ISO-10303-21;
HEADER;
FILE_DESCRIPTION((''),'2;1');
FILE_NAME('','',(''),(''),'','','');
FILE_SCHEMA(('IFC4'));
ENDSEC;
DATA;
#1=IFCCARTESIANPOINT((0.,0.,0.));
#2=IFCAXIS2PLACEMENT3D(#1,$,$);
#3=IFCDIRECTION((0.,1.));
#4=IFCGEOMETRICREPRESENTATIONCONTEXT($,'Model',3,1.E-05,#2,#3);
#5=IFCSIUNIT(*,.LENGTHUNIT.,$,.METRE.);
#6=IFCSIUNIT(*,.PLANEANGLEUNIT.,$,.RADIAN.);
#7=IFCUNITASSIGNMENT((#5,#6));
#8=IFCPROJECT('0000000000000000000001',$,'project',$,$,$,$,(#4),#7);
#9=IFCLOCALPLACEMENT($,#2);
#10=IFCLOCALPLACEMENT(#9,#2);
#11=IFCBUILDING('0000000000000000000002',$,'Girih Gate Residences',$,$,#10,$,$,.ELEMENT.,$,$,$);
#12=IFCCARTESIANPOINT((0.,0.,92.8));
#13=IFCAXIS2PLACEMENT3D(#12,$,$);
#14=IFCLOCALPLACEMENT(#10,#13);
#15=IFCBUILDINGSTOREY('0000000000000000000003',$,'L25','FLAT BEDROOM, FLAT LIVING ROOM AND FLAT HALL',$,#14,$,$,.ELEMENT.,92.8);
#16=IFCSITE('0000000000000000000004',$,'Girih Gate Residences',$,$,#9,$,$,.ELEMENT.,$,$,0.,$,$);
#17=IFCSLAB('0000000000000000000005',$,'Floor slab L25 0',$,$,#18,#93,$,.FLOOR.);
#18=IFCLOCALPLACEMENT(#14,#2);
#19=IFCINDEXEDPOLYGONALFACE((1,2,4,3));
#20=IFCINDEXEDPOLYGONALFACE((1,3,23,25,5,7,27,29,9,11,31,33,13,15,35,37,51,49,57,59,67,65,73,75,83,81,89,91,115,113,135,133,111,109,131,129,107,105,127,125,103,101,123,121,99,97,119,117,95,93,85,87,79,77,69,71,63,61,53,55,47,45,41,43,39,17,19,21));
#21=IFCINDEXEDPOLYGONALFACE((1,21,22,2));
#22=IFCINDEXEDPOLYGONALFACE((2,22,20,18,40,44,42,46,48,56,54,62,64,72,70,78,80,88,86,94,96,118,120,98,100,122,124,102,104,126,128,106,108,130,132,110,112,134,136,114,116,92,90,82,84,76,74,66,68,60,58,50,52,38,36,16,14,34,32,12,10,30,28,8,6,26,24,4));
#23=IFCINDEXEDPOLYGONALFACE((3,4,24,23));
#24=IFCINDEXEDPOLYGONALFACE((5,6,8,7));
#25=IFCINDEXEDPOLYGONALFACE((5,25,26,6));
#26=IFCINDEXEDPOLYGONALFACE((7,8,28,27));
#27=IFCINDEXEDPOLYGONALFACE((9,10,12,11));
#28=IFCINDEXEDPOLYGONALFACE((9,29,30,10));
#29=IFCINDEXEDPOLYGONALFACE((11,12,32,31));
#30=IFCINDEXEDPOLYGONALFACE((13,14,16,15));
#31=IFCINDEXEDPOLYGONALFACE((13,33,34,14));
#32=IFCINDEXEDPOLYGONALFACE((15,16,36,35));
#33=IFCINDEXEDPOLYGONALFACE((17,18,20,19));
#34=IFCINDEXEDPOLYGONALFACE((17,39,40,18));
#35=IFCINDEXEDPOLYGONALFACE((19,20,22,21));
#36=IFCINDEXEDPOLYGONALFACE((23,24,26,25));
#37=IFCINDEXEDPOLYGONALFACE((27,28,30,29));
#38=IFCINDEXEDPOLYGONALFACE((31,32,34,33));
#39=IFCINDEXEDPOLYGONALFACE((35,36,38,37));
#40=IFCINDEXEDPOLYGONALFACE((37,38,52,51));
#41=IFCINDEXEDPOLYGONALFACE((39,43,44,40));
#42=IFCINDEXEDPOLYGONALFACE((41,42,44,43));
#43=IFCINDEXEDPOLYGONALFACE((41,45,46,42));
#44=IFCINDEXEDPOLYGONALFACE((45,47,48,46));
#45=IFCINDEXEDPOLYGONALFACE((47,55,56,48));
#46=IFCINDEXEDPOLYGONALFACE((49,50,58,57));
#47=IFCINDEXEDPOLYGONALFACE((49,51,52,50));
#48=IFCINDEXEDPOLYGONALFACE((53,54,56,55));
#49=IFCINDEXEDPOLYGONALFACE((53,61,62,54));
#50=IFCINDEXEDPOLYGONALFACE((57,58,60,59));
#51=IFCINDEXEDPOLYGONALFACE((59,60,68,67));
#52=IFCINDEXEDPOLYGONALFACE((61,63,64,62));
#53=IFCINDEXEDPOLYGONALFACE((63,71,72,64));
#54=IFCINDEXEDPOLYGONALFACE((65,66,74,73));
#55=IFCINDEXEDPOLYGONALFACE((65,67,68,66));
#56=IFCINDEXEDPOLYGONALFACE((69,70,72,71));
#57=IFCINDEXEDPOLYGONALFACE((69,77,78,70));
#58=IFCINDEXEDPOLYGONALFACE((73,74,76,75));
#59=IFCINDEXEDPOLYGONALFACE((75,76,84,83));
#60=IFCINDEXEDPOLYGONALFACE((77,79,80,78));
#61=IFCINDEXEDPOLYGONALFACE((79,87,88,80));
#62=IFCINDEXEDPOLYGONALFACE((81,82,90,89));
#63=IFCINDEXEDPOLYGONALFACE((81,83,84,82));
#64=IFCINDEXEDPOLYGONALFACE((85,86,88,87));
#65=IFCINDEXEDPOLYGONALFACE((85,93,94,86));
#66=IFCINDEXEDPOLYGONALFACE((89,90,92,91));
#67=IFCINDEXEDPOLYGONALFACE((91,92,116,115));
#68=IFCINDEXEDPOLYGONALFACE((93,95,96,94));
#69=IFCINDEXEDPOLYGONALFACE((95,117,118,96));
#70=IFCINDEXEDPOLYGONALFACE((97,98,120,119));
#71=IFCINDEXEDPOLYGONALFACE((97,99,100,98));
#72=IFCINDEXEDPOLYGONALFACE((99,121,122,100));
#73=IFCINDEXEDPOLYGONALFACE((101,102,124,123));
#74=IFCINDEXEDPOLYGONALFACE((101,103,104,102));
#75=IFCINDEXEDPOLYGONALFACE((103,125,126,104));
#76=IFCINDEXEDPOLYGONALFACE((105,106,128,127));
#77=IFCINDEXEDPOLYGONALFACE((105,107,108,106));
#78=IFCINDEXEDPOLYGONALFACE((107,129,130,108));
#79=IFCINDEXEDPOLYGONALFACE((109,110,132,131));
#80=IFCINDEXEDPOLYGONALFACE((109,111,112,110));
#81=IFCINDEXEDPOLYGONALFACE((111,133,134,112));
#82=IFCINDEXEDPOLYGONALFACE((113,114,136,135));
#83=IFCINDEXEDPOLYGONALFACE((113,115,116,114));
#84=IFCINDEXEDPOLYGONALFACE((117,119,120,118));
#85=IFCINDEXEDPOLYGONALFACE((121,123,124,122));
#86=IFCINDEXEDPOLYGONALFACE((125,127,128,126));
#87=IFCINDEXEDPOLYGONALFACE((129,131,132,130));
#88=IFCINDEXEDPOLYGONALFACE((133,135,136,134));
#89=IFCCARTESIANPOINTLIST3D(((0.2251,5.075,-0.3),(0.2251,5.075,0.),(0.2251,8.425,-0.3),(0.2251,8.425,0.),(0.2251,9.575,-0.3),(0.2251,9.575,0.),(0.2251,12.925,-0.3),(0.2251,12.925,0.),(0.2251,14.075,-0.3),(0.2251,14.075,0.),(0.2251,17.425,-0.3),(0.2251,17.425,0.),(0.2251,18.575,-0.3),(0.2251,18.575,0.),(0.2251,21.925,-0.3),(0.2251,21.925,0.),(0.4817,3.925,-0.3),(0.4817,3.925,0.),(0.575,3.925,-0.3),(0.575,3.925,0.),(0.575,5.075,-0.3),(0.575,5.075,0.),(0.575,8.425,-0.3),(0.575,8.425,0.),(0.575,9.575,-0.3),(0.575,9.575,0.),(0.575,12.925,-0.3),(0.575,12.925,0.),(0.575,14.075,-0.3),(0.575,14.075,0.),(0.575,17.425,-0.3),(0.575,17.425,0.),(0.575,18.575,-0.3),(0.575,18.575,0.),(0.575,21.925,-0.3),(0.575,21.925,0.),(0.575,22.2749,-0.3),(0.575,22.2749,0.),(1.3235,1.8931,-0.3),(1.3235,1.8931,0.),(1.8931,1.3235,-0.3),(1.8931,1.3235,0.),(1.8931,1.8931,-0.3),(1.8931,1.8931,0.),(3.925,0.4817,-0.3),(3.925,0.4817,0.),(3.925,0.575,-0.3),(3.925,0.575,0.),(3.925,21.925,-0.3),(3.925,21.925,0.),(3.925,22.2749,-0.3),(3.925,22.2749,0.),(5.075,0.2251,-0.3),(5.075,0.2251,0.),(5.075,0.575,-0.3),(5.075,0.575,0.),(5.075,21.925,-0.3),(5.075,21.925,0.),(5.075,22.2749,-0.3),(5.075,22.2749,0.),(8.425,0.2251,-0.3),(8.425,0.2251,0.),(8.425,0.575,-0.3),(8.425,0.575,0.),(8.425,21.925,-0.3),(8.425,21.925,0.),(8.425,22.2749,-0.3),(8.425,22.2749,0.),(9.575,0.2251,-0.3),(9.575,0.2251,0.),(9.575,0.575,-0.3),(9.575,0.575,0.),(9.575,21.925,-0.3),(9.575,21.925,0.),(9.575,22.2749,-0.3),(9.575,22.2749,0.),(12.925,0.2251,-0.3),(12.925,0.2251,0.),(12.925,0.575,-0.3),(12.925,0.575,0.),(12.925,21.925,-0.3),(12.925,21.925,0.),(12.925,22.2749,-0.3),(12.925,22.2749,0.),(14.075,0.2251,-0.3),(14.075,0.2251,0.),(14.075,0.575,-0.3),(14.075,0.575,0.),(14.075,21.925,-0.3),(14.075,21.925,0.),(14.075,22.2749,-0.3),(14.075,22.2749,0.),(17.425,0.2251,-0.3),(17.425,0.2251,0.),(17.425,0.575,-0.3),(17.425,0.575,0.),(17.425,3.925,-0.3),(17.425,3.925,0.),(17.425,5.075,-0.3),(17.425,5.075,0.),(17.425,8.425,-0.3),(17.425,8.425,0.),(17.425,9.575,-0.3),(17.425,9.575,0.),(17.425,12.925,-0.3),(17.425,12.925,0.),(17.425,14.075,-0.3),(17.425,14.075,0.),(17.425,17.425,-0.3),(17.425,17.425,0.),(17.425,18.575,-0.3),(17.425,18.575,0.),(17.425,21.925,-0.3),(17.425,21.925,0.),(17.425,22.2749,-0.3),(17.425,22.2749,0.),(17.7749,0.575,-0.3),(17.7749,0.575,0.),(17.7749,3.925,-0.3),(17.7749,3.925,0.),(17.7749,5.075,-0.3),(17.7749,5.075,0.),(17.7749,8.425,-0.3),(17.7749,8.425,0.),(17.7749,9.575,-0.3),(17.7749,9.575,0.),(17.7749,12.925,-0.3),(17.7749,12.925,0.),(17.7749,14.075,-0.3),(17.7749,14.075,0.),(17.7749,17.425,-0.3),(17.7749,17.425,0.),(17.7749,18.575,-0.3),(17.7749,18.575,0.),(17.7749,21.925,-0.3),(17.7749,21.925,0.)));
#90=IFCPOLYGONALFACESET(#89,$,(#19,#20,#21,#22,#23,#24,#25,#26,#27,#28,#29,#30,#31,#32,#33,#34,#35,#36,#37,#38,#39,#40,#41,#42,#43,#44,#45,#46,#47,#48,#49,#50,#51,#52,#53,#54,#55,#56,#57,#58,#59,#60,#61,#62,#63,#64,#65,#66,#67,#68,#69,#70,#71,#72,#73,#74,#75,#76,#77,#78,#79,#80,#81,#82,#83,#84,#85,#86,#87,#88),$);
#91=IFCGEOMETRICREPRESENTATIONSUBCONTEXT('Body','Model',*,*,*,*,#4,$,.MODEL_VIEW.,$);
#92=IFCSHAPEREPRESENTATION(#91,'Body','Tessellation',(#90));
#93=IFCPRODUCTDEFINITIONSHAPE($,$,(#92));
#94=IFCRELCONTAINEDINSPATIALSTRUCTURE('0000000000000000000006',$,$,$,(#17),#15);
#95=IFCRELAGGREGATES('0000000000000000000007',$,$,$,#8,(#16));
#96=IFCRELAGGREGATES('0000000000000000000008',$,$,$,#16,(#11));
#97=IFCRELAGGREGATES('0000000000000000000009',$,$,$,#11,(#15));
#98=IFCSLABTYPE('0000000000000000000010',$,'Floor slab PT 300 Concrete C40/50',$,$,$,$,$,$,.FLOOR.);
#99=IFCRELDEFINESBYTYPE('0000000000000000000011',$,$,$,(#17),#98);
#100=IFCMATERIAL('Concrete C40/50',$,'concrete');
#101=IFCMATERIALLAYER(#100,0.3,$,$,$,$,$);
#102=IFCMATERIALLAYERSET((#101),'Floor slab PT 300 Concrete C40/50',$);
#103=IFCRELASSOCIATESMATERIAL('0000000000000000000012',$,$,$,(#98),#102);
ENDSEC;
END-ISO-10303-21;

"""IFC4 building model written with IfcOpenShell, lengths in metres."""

from ifc_helpers import new_model, si_unit, direction, frame, origin, place, context, subcontext, project, spatial, polyline, outline, extrude, material, layer, layer_set, type_object, element, save


model = new_model("IFC4")

# Units and contexts
model_context = context("Model", 3, precision=1e-05, world=origin(), true_north=direction((0.0, 1.0)))
body_context = subcontext(model_context, "Body", "Model", "MODEL_VIEW")
ifc_project = project(units=[si_unit("LENGTHUNIT", "METRE"), si_unit("PLANEANGLEUNIT", "RADIAN")], contexts=[model_context])

# Site, building, storey
site_placement = place(None, origin())
site = spatial("IfcSite", under=ifc_project, at=site_placement, Name="Girih Gate Residences", CompositionType="ELEMENT", RefElevation=0.0)
building_placement = place(site_placement, origin())
building = spatial("IfcBuilding", under=site, at=building_placement, Name="Girih Gate Residences", CompositionType="ELEMENT")
storey_placement = place(building_placement, frame((0.0, 0.0, 92.8)))
storey = spatial("IfcBuildingStorey", under=building, at=storey_placement, Name="L25", Description="FLAT BEDROOM, FLAT LIVING ROOM AND FLAT HALL", CompositionType="ELEMENT", Elevation=92.8)

# Slab
ifc_material_1 = material(Name="Concrete C40/50", Category="concrete")
ifc_layer_1 = layer(ifc_material_1, 0.3)
ifc_layer_set_1 = layer_set([ifc_layer_1], Name="Floor slab PT 300 Concrete C40/50")
slab_type_1 = type_object("IfcSlabType", Name="Floor slab PT 300 Concrete C40/50", PredefinedType="FLOOR", material=ifc_layer_set_1)
slab_1_placement = place(storey_placement, frame((0.0, 0.0, -0.3)))
element("IfcSlab", 1, at=slab_1_placement, inside=storey, type_object=slab_type_1, Name="Floor slab L25 0", PredefinedType="FLOOR", context=body_context, shape_type="SweptSolid", body=[
    extrude(outline(polyline([(0.2251, 8.425), (0.2251, 5.075), (0.575, 5.075), (0.575, 3.925), (0.4817, 3.925), (1.3235, 1.8931), (1.8931, 1.8931), (1.8931, 1.3235), (3.925, 0.4817), (3.925, 0.575), (5.075, 0.575), (5.075, 0.2251), (8.425, 0.2251), (8.425, 0.575), (9.575, 0.575), (9.575, 0.2251), (12.925, 0.2251), (12.925, 0.575), (14.075, 0.575), (14.075, 0.2251), (17.425, 0.2251), (17.425, 0.575), (17.7749, 0.575), (17.7749, 3.925), (17.425, 3.925), (17.425, 5.075), (17.7749, 5.075), (17.7749, 8.425), (17.425, 8.425), (17.425, 9.575), (17.7749, 9.575), (17.7749, 12.925), (17.425, 12.925), (17.425, 14.075), (17.7749, 14.075), (17.7749, 17.425), (17.425, 17.425), (17.425, 18.575), (17.7749, 18.575), (17.7749, 21.925), (17.425, 21.925), (17.425, 22.2749), (14.075, 22.2749), (14.075, 21.925), (12.925, 21.925), (12.925, 22.2749), (9.575, 22.2749), (9.575, 21.925), (8.425, 21.925), (8.425, 22.2749), (5.075, 22.2749), (5.075, 21.925), (3.925, 21.925), (3.925, 22.2749), (0.575, 22.2749), (0.575, 21.925), (0.2251, 21.925), (0.2251, 18.575), (0.575, 18.575), (0.575, 17.425), (0.2251, 17.425), (0.2251, 14.075), (0.575, 14.075), (0.575, 12.925), (0.2251, 12.925), (0.2251, 9.575), (0.575, 9.575), (0.575, 8.425), (0.2251, 8.425)])), origin(), (0.0, 0.0, 1.0), 0.3),
])

save(model, "model.ifc")
